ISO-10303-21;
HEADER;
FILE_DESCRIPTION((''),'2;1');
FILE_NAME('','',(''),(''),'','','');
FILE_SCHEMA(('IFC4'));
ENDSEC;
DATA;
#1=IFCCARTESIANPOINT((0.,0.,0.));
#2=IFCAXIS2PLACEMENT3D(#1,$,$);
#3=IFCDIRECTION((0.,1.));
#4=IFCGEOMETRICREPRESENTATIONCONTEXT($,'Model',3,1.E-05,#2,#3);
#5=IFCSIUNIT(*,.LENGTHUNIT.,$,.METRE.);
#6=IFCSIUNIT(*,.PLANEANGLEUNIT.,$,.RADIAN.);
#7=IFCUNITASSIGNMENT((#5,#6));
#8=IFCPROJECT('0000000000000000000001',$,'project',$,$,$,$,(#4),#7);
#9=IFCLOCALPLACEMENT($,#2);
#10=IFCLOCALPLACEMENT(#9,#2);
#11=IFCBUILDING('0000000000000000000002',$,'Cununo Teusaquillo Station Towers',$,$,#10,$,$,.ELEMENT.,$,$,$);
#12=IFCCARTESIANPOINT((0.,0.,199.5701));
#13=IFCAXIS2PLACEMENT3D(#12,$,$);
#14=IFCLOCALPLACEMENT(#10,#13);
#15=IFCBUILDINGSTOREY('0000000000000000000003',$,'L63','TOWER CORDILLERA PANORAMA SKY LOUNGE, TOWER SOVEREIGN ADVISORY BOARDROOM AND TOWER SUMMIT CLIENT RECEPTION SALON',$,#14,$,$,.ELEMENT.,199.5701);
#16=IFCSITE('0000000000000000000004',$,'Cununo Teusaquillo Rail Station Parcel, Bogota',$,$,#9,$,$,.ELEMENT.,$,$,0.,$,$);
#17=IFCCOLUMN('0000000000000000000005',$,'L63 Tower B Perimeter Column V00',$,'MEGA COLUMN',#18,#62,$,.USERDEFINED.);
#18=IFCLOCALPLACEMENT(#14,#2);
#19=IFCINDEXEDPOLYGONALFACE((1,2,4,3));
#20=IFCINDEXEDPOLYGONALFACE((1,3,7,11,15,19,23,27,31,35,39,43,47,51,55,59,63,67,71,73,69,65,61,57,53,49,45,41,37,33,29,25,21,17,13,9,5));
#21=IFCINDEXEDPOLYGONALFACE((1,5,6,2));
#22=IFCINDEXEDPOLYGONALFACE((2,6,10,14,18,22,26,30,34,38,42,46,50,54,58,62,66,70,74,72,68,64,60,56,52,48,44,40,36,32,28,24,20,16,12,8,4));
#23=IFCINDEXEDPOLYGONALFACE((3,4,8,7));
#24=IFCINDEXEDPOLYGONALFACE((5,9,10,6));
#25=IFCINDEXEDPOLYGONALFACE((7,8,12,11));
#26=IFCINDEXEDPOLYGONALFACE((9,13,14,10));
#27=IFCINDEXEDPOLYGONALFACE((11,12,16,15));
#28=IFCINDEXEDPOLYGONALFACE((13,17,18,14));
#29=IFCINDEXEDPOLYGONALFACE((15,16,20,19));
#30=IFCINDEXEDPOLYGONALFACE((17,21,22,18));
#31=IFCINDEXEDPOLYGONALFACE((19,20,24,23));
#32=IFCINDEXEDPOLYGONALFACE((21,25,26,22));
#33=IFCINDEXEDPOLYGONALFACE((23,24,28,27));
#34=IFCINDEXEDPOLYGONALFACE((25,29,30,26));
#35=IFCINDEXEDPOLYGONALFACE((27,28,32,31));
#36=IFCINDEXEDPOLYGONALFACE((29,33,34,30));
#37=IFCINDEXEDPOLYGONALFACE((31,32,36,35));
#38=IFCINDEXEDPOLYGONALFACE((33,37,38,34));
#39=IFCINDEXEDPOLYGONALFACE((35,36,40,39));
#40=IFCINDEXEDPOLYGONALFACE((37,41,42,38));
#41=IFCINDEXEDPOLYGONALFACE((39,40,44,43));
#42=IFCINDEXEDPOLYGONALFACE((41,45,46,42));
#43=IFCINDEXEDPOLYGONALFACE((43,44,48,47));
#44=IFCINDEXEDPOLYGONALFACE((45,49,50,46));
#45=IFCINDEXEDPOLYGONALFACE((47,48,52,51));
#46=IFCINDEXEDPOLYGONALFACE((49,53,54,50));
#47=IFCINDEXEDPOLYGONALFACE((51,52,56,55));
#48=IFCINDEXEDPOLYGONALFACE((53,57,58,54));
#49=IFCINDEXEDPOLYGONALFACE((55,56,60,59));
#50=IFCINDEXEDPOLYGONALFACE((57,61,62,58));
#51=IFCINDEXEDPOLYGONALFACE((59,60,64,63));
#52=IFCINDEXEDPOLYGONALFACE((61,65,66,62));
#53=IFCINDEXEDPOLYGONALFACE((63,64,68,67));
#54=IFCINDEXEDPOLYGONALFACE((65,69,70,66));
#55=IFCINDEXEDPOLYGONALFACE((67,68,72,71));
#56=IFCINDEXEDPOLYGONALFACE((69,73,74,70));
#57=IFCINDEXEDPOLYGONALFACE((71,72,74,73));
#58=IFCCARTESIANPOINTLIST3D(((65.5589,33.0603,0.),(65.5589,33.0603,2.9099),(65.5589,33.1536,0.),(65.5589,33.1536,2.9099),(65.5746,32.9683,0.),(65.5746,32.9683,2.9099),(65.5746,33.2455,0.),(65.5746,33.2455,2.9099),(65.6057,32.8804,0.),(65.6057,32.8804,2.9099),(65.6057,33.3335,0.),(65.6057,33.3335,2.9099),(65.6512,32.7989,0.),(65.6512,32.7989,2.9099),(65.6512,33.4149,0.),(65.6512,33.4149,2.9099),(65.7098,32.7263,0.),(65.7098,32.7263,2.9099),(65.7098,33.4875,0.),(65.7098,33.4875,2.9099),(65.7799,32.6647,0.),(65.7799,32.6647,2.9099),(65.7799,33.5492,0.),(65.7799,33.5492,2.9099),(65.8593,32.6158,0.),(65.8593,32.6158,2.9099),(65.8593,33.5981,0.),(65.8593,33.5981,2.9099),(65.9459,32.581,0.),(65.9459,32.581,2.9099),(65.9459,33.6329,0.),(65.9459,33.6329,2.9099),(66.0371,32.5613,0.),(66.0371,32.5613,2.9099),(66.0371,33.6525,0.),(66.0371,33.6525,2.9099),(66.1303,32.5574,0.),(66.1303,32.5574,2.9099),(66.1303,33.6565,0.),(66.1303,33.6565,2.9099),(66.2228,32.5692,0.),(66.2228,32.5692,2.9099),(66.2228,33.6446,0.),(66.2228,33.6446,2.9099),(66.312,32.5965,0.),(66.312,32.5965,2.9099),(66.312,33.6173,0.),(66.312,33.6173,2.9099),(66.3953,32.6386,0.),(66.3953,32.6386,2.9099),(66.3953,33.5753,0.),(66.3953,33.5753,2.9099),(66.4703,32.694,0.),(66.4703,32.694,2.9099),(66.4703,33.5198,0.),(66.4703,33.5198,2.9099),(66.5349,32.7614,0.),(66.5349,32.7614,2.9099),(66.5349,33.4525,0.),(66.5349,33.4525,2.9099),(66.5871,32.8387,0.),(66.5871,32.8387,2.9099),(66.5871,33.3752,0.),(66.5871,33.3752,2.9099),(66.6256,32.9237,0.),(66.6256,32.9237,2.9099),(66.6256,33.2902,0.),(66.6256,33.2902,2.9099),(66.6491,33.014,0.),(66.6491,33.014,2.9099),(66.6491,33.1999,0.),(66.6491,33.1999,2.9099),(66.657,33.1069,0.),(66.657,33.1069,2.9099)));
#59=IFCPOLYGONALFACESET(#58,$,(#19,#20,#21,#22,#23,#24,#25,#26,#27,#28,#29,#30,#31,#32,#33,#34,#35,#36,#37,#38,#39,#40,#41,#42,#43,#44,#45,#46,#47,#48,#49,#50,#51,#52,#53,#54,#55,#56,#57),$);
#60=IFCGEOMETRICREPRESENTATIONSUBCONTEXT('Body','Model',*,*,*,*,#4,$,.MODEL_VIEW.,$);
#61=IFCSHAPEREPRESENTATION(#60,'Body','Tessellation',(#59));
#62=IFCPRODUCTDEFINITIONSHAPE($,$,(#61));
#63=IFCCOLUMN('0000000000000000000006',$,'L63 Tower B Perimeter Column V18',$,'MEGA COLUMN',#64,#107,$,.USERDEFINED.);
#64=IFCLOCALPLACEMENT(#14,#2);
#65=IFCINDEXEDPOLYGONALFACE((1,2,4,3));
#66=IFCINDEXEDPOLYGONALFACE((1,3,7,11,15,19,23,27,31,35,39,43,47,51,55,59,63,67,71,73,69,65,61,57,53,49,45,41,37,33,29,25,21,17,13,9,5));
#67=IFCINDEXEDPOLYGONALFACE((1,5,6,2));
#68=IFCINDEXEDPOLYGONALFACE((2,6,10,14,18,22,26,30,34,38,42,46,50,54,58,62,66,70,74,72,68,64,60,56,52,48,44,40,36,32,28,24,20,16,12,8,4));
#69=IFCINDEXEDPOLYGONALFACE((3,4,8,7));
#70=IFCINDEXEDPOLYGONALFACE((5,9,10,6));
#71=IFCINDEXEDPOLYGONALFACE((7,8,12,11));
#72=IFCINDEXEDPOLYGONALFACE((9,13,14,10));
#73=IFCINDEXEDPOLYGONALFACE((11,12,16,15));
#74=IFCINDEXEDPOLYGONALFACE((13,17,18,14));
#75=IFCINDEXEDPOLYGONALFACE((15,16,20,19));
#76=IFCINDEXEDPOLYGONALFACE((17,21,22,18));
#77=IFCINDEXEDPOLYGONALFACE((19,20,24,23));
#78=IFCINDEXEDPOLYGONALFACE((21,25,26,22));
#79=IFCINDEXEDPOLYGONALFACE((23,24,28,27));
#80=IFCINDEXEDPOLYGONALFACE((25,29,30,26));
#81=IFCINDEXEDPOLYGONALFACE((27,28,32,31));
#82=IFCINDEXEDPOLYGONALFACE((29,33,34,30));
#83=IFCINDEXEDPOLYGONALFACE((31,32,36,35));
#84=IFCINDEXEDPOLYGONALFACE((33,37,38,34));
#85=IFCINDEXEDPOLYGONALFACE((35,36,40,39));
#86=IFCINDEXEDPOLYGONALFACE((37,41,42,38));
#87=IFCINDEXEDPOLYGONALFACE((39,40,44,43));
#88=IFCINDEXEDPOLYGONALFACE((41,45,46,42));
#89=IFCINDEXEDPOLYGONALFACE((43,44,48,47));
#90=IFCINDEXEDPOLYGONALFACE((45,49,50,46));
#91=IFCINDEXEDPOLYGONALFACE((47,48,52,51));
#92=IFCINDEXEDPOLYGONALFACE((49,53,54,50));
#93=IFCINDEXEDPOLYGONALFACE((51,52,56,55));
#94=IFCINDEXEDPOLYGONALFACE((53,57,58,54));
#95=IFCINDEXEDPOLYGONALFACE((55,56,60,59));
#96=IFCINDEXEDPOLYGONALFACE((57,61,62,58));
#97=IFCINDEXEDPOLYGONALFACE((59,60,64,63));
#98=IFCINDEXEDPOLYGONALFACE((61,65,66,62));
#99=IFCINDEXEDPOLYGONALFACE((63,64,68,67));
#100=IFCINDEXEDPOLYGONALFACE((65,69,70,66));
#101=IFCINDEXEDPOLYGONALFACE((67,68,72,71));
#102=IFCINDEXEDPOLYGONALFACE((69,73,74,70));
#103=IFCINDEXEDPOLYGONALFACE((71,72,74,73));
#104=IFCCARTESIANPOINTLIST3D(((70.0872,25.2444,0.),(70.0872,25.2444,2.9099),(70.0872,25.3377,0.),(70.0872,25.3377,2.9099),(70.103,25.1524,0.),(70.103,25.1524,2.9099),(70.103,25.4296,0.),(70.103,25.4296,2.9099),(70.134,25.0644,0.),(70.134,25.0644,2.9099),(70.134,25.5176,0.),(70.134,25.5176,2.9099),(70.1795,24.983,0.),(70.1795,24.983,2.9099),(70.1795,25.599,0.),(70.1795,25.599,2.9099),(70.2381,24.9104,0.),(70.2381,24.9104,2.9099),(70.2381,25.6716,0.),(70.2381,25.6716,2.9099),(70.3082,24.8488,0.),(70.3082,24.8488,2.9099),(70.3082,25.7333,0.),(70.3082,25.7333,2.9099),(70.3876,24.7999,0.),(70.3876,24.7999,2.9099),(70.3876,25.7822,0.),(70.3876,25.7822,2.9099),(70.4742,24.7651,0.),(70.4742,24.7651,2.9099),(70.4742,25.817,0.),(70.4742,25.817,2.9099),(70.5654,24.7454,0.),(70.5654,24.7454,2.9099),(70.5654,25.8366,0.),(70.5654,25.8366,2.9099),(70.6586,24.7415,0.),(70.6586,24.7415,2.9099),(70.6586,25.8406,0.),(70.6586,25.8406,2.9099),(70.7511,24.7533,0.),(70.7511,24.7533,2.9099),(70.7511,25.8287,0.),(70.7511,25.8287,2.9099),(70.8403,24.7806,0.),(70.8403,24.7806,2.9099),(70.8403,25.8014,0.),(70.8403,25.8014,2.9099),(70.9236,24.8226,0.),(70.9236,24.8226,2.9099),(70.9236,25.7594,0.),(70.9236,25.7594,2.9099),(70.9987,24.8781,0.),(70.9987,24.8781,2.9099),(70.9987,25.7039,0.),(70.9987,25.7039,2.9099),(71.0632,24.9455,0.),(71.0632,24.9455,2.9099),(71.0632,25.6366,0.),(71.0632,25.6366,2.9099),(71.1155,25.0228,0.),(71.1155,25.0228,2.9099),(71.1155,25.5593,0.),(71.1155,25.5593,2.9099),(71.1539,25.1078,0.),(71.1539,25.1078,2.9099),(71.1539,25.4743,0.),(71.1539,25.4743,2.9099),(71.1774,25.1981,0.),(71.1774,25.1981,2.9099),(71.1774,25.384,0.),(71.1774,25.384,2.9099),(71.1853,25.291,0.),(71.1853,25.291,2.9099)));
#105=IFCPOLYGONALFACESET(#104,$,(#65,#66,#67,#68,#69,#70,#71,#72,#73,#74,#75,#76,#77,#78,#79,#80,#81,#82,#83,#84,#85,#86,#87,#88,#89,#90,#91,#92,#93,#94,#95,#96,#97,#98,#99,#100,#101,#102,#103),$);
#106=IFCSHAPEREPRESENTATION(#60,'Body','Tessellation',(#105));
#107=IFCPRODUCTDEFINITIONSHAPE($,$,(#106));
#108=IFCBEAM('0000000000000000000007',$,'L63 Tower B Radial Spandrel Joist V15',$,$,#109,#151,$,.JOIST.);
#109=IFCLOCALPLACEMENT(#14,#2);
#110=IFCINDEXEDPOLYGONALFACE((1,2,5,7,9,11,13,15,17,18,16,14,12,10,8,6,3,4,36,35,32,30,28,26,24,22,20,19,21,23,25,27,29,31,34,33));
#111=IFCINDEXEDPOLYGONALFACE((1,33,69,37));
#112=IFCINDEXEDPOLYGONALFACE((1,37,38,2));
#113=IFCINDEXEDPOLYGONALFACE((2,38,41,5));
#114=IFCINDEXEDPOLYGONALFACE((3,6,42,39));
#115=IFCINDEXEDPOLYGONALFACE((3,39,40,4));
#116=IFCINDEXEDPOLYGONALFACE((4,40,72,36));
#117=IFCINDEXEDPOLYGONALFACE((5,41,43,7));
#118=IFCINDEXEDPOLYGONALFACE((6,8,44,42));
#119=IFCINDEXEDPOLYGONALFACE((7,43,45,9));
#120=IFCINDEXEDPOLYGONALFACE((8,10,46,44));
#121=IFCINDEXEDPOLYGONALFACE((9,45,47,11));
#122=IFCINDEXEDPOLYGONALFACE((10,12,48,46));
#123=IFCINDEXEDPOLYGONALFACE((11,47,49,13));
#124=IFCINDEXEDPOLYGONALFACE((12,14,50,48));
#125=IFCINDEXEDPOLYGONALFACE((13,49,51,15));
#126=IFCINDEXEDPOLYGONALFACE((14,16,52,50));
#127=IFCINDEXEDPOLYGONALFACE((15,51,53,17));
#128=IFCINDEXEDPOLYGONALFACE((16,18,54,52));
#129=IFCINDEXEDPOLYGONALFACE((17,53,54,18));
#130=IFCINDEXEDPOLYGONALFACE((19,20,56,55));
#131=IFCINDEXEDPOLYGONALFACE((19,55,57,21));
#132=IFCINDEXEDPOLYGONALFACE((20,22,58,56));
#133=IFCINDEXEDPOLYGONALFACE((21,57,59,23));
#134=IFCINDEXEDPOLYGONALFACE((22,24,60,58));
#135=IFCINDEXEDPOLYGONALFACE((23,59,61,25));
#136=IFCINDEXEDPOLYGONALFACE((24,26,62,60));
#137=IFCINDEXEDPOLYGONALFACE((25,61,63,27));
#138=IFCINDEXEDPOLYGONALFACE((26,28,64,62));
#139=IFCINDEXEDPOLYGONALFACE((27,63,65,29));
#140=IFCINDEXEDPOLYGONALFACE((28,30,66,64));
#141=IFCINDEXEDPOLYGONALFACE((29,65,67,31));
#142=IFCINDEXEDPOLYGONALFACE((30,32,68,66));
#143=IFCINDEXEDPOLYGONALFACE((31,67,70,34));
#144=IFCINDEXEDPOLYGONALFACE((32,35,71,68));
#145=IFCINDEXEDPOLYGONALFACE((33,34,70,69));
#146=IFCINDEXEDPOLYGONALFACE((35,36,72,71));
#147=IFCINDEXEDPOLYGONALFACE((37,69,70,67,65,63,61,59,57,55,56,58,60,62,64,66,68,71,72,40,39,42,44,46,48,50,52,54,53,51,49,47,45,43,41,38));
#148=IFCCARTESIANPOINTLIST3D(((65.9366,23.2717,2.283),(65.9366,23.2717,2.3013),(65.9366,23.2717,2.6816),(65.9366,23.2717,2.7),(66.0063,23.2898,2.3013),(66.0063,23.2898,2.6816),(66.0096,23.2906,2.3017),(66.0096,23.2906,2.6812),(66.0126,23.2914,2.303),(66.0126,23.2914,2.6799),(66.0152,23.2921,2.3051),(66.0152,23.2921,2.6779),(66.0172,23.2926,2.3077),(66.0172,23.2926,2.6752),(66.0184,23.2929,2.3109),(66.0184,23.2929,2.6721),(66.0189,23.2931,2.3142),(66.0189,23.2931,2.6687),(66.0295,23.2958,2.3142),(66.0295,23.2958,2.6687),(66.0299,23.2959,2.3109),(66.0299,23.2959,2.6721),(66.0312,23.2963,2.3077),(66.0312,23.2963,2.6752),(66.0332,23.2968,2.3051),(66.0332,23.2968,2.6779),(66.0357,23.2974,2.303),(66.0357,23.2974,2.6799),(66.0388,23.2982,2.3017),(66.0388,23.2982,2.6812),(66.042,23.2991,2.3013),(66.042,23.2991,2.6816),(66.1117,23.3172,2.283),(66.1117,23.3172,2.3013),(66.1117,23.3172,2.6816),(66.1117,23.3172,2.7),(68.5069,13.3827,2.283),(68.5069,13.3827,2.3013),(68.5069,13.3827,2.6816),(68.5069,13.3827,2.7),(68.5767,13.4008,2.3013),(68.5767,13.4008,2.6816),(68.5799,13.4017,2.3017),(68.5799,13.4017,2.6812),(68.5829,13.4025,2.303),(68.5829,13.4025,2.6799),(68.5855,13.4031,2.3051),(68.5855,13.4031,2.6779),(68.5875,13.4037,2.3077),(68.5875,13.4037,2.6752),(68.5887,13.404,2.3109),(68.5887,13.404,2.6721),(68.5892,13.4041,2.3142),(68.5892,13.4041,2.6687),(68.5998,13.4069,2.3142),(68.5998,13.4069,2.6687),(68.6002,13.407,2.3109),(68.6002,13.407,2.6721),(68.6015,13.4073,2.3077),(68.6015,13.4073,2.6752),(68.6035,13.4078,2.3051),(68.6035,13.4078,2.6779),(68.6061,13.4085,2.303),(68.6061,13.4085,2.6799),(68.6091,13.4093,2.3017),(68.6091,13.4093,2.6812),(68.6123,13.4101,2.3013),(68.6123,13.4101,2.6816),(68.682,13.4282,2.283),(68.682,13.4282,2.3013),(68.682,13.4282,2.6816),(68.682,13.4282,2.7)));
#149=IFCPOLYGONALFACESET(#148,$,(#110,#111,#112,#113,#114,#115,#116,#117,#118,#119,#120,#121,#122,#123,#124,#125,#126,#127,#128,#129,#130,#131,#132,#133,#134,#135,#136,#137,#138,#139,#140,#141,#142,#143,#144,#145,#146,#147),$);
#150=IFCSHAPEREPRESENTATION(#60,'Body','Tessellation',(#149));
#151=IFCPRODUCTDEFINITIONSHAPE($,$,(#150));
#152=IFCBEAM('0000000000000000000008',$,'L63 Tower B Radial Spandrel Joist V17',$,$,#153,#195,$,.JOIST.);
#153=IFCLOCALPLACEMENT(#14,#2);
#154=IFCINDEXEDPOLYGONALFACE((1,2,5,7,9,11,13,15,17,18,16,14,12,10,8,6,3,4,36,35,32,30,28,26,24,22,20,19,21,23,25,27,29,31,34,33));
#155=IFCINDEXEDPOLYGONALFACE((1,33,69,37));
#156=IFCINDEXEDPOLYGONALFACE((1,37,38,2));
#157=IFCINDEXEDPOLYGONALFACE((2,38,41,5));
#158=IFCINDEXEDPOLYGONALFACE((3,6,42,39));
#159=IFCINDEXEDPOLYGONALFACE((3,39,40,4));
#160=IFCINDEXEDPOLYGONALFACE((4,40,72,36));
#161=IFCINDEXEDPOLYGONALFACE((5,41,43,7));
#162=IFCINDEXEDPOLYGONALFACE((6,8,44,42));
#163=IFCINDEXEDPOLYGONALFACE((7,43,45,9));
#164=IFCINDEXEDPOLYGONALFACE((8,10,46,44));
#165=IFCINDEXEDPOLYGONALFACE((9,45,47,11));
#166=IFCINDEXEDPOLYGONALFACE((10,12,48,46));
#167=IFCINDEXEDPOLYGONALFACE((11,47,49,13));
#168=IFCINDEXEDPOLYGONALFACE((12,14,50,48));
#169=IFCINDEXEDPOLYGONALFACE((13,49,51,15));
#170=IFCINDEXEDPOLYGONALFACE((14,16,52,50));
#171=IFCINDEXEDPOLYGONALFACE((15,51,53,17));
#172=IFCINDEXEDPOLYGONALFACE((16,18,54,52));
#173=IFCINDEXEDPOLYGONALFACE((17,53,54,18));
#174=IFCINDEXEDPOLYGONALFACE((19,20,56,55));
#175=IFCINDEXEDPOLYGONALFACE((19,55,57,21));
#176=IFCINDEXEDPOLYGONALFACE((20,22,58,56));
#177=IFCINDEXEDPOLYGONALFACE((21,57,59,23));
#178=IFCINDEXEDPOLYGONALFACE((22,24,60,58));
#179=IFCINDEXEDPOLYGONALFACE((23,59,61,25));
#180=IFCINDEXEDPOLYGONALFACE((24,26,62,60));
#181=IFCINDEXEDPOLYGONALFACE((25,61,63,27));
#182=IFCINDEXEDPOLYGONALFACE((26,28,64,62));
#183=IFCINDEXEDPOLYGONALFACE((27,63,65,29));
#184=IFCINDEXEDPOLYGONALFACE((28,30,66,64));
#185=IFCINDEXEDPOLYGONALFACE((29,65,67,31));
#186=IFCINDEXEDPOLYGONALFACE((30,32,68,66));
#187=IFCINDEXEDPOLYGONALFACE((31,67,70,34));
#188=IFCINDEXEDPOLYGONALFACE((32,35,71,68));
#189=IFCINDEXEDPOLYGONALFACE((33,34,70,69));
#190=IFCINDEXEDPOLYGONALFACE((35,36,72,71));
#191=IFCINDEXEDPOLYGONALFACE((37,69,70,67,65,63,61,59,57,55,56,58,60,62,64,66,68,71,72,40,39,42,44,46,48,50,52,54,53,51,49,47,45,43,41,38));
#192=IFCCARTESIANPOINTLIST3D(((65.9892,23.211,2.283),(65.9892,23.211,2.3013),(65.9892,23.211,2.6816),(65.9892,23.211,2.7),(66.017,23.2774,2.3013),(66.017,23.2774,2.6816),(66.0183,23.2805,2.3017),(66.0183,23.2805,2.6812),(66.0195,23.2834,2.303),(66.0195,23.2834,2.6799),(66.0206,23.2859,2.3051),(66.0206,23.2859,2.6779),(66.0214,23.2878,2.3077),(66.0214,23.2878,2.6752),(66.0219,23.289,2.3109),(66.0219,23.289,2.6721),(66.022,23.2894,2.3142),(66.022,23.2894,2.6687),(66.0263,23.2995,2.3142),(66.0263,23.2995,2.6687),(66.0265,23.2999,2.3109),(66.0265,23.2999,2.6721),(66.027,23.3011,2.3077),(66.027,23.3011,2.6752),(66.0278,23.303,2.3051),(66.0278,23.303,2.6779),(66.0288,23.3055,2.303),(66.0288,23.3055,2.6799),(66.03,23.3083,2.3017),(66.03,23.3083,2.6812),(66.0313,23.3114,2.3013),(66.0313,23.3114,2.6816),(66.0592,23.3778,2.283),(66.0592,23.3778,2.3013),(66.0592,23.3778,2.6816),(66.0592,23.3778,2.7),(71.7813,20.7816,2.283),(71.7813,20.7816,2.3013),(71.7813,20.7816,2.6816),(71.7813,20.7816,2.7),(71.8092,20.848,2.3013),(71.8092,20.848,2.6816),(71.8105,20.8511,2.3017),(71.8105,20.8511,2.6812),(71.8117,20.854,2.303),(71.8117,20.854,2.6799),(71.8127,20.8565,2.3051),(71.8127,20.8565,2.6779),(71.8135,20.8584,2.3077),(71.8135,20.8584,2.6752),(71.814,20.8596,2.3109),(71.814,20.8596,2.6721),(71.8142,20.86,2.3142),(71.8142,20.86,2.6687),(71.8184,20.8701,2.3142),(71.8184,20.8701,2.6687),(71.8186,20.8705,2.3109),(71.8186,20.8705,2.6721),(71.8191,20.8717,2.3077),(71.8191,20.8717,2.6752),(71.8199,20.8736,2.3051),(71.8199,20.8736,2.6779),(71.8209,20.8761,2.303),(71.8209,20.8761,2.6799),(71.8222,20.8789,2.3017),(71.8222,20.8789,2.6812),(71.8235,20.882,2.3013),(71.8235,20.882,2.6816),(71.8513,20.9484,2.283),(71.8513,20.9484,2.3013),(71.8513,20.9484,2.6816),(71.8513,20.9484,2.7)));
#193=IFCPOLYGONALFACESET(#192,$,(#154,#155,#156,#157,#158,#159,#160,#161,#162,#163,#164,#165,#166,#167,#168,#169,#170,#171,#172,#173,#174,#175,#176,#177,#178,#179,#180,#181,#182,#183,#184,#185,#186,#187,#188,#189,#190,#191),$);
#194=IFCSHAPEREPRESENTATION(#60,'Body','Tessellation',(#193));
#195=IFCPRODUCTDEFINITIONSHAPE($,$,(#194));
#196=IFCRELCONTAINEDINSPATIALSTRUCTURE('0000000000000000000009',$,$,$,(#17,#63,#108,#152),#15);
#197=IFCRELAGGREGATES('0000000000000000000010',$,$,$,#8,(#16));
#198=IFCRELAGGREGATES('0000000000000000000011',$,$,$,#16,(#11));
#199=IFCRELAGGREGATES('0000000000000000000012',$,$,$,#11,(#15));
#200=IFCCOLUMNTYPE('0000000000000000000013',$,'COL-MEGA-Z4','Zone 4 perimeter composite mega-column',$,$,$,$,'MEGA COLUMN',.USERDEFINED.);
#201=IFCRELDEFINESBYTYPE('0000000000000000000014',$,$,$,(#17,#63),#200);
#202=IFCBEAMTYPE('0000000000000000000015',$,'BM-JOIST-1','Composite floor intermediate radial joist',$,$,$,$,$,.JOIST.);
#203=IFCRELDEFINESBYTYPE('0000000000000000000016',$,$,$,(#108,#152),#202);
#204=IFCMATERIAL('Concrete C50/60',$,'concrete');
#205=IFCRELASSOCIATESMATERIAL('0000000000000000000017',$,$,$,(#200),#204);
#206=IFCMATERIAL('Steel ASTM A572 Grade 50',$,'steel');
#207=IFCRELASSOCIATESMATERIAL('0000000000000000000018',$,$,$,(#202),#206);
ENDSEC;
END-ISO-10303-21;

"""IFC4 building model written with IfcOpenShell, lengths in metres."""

from ifc_helpers import new_model, si_unit, direction, frame, origin, origin_2d, place, context, subcontext, project, spatial, circle, i_section, extrude, material, material_profile, profile_set, type_object, element, save


model = new_model("IFC4")

# Units and contexts
model_context = context("Model", 3, precision=1e-05, world=origin(), true_north=direction((0.0, 1.0)))
body_context = subcontext(model_context, "Body", "Model", "MODEL_VIEW")
ifc_project = project(units=[si_unit("LENGTHUNIT", "METRE"), si_unit("PLANEANGLEUNIT", "RADIAN")], contexts=[model_context])

# Site, building, storey
site_placement = place(None, origin())
site = spatial("IfcSite", under=ifc_project, at=site_placement, Name="Cununo Teusaquillo Rail Station Parcel, Bogota", CompositionType="ELEMENT", RefElevation=0.0)
building_placement = place(site_placement, origin())
building = spatial("IfcBuilding", under=site, at=building_placement, Name="Cununo Teusaquillo Station Towers", CompositionType="ELEMENT")
storey_placement = place(building_placement, frame((0.0, 0.0, 199.5701)))
storey = spatial("IfcBuildingStorey", under=building, at=storey_placement, Name="L63", Description="TOWER CORDILLERA PANORAMA SKY LOUNGE, TOWER SOVEREIGN ADVISORY BOARDROOM AND TOWER SUMMIT CLIENT RECEPTION SALON", CompositionType="ELEMENT", Elevation=199.5701)

# Columns
ifc_material_1 = material(Name="Concrete C50/60", Category="concrete")
ifc_material_profile_1 = material_profile(ifc_material_1, circle(Radius=0.55, at=origin_2d()), Name="RC-CIRC-1100")
ifc_profile_set_1 = profile_set([ifc_material_profile_1], Name="Concrete C50/60")
column_type = type_object("IfcColumnType", Name="COL-MEGA-Z4", Description="Zone 4 perimeter composite mega-column", ElementType="MEGA COLUMN", PredefinedType="USERDEFINED", material=ifc_profile_set_1)
for number, where, z_axis, x_axis, name in (
    (1, (66.1069, 33.1069, 0.0), (0.0, 0.0, 1.0), (1.0, 0.0, 0.0), "L63 Tower B Perimeter Column V00"),
    (2, (70.6353, 25.291, 0.0), (0.0, 0.0, 1.0), (1.0, 0.0, 0.0), "L63 Tower B Perimeter Column V18"),
):
    element("IfcColumn", number, at=place(storey_placement, frame(where, z_axis=z_axis, x_axis=x_axis)), inside=storey, type_object=column_type, Name=name, ObjectType="MEGA COLUMN", PredefinedType="USERDEFINED", context=body_context, shape_type="SweptSolid", body=[
        extrude(circle(Radius=0.55, at=origin_2d()), origin(), (0.0, 0.0, 1.0), 2.9099),
    ])

# Beams
ifc_material_2 = material(Name="Steel ASTM A572 Grade 50", Category="steel")
ifc_material_profile_2 = material_profile(ifc_material_2, i_section(OverallWidth=0.1809, OverallDepth=0.417, WebThickness=0.011, FlangeThickness=0.0183, FilletRadius=0.0129, at=origin_2d()), Name="W16X57")
ifc_profile_set_2 = profile_set([ifc_material_profile_2], Name="Steel ASTM A572 Grade 50")
beam_type_1 = type_object("IfcBeamType", Name="BM-JOIST-1", Description="Composite floor intermediate radial joist", PredefinedType="JOIST", material=ifc_profile_set_2)
beam_1_placement = place(storey_placement, frame((66.0242, 23.2944, 2.4915), z_axis=(0.25156, -0.967842, 0.0), x_axis=(0.967842, 0.25156, 0.0)))
element("IfcBeam", 3, at=beam_1_placement, inside=storey, type_object=beam_type_1, Name="L63 Tower B Radial Spandrel Joist V15", PredefinedType="JOIST", context=body_context, shape_type="SweptSolid", body=[
    extrude(i_section(OverallWidth=0.1809, OverallDepth=0.417, WebThickness=0.011, FlangeThickness=0.0183, FilletRadius=0.0129, at=origin_2d()), origin(), (0.0, 0.0, 1.0), 10.2175),
])
beam_2_placement = place(storey_placement, frame((66.0242, 23.2944, 2.4915), z_axis=(0.922169, -0.386786, 0.0), x_axis=(0.386786, 0.922169, 0.0)))
element("IfcBeam", 4, at=beam_2_placement, inside=storey, type_object=beam_type_1, Name="L63 Tower B Radial Spandrel Joist V17", PredefinedType="JOIST", context=body_context, shape_type="SweptSolid", body=[
    extrude(i_section(OverallWidth=0.1809, OverallDepth=0.417, WebThickness=0.011, FlangeThickness=0.0183, FilletRadius=0.0129, at=origin_2d()), origin(), (0.0, 0.0, 1.0), 6.281),
])

save(model, "model.ifc")
